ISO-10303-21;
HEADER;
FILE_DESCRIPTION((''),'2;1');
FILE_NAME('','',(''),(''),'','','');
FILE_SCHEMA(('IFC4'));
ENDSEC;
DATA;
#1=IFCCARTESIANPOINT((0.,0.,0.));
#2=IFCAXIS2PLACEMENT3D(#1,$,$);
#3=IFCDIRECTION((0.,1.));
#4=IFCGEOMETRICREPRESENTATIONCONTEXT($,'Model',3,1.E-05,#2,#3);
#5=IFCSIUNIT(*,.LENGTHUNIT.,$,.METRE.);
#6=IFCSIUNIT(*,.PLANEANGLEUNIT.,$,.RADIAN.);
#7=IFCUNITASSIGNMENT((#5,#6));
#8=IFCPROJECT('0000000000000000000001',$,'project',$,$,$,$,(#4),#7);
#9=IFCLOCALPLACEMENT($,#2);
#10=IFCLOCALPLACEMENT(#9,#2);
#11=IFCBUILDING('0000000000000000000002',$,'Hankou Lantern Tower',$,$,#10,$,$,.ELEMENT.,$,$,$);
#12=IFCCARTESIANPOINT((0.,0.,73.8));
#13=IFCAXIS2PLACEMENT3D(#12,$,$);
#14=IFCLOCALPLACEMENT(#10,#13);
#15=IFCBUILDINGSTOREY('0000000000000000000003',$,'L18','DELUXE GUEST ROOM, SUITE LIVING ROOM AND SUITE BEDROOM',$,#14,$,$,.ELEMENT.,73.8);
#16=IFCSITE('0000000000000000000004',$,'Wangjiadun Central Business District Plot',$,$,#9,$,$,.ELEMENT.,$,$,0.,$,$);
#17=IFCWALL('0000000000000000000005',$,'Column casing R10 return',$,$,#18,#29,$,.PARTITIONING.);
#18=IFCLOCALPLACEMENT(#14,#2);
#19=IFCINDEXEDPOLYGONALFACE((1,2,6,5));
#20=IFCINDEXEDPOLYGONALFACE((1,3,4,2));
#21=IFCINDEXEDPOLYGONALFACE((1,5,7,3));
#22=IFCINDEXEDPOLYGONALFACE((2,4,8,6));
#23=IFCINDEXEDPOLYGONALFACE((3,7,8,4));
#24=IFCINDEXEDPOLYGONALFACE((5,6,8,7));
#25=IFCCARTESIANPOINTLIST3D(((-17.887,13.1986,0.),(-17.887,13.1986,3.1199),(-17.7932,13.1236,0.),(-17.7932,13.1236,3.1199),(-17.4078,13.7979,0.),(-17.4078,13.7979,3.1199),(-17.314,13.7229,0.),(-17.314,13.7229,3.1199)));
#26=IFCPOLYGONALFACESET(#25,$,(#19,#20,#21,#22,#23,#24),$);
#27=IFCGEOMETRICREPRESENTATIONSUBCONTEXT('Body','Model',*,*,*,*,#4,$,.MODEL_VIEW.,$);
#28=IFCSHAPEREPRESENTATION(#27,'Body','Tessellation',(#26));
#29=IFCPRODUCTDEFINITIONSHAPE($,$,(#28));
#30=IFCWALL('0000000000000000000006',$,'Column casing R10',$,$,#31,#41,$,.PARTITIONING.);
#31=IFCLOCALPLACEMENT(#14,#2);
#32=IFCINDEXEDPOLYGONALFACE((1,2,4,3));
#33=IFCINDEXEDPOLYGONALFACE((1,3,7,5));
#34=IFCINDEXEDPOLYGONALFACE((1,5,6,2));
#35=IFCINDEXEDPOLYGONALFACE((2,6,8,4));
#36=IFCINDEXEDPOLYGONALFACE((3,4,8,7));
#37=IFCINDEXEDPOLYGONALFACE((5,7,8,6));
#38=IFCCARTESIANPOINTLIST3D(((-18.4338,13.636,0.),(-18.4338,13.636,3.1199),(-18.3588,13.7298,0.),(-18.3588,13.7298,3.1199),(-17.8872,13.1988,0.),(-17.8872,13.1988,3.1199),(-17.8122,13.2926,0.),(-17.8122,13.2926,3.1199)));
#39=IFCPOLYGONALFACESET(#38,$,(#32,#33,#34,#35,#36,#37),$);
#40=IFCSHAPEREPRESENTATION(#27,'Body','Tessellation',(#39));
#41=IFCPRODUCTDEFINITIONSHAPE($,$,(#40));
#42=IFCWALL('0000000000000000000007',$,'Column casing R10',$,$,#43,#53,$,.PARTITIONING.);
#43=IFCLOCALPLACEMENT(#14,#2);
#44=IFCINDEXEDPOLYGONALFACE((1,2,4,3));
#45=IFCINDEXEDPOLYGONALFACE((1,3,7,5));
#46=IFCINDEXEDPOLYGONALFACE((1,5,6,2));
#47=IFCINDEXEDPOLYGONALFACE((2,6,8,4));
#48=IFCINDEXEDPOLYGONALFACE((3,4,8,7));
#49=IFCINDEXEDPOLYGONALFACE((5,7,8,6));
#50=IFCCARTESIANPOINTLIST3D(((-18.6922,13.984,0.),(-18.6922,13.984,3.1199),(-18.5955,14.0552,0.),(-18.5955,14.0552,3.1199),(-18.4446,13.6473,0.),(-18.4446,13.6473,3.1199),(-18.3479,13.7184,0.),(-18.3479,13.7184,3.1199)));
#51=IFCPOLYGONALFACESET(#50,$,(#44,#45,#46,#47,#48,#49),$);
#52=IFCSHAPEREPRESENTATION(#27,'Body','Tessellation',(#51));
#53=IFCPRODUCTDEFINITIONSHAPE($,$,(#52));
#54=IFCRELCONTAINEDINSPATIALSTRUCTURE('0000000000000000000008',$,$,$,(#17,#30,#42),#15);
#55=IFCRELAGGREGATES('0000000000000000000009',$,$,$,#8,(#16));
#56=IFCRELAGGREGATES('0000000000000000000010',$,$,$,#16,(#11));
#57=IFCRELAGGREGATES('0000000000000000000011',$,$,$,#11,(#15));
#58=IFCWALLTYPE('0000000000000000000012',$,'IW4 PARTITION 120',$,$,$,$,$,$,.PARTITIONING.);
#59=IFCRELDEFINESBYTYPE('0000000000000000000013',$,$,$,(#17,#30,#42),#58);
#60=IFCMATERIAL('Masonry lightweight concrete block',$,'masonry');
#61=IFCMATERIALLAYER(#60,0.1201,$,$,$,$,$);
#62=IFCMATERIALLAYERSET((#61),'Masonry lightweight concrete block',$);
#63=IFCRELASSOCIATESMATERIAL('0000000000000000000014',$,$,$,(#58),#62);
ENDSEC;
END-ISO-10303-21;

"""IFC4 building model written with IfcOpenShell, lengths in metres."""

from ifc_helpers import new_model, si_unit, direction, frame, frame_2d, origin, place, context, subcontext, project, spatial, rectangle, extrude, material, layer, layer_set, type_object, element, save


model = new_model("IFC4")

# Units and contexts
model_context = context("Model", 3, precision=1e-05, world=origin(), true_north=direction((0.0, 1.0)))
body_context = subcontext(model_context, "Body", "Model", "MODEL_VIEW")
ifc_project = project(units=[si_unit("LENGTHUNIT", "METRE"), si_unit("PLANEANGLEUNIT", "RADIAN")], contexts=[model_context])

# Site, building, storey
site_placement = place(None, origin())
site = spatial("IfcSite", under=ifc_project, at=site_placement, Name="Wangjiadun Central Business District Plot", CompositionType="ELEMENT", RefElevation=0.0)
building_placement = place(site_placement, origin())
building = spatial("IfcBuilding", under=site, at=building_placement, Name="Hankou Lantern Tower", CompositionType="ELEMENT")
storey_placement = place(building_placement, frame((0.0, 0.0, 73.8)))
storey = spatial("IfcBuildingStorey", under=building, at=storey_placement, Name="L18", Description="DELUXE GUEST ROOM, SUITE LIVING ROOM AND SUITE BEDROOM", CompositionType="ELEMENT", Elevation=73.8)

# Walls
ifc_material_1 = material(Name="Masonry lightweight concrete block", Category="masonry")
ifc_layer_1 = layer(ifc_material_1, 0.1201)
ifc_layer_set_1 = layer_set([ifc_layer_1], Name="Masonry lightweight concrete block")
wall_type_1 = type_object("IfcWallType", Name="IW4 PARTITION 120", PredefinedType="PARTITIONING", material=ifc_layer_set_1)
wall_1_placement = place(storey_placement, frame((-17.3608, 13.7605, 0.0), z_axis=(0.0, 0.0, 1.0), x_axis=(-0.624501, -0.781024, 0.0)))
element("IfcWall", 1, at=wall_1_placement, inside=storey, type_object=wall_type_1, Name="Column casing R10 return", PredefinedType="PARTITIONING", context=body_context, shape_type="SweptSolid", body=[
    extrude(rectangle(XDim=0.7673, YDim=0.1201, at=frame_2d((0.3838, 0.0))), origin(), (0.0, 0.0, 1.0), 3.1199),
])
wall_2_placement = place(storey_placement, frame((-17.8496, 13.2456, 0.0), z_axis=(0.0, 0.0, 1.0), x_axis=(-0.780903, 0.624653, 0.0)))
element("IfcWall", 2, at=wall_2_placement, inside=storey, type_object=wall_type_1, Name="Column casing R10", PredefinedType="PARTITIONING", context=body_context, shape_type="SweptSolid", body=[
    extrude(rectangle(XDim=0.7, YDim=0.1201, at=frame_2d((0.3501, 0.0))), origin(), (0.0, 0.0, 1.0), 3.1199),
])
wall_3_placement = place(storey_placement, frame((-18.3962, 13.6829, 0.0), z_axis=(0.0, 0.0, 1.0), x_axis=(-0.592402, 0.805643, 0.0)))
element("IfcWall", 3, at=wall_3_placement, inside=storey, type_object=wall_type_1, Name="Column casing R10", PredefinedType="PARTITIONING", context=body_context, shape_type="SweptSolid", body=[
    extrude(rectangle(XDim=0.418, YDim=0.1201, at=frame_2d((0.209, 0.0))), origin(), (0.0, 0.0, 1.0), 3.1199),
])

save(model, "model.ifc")
